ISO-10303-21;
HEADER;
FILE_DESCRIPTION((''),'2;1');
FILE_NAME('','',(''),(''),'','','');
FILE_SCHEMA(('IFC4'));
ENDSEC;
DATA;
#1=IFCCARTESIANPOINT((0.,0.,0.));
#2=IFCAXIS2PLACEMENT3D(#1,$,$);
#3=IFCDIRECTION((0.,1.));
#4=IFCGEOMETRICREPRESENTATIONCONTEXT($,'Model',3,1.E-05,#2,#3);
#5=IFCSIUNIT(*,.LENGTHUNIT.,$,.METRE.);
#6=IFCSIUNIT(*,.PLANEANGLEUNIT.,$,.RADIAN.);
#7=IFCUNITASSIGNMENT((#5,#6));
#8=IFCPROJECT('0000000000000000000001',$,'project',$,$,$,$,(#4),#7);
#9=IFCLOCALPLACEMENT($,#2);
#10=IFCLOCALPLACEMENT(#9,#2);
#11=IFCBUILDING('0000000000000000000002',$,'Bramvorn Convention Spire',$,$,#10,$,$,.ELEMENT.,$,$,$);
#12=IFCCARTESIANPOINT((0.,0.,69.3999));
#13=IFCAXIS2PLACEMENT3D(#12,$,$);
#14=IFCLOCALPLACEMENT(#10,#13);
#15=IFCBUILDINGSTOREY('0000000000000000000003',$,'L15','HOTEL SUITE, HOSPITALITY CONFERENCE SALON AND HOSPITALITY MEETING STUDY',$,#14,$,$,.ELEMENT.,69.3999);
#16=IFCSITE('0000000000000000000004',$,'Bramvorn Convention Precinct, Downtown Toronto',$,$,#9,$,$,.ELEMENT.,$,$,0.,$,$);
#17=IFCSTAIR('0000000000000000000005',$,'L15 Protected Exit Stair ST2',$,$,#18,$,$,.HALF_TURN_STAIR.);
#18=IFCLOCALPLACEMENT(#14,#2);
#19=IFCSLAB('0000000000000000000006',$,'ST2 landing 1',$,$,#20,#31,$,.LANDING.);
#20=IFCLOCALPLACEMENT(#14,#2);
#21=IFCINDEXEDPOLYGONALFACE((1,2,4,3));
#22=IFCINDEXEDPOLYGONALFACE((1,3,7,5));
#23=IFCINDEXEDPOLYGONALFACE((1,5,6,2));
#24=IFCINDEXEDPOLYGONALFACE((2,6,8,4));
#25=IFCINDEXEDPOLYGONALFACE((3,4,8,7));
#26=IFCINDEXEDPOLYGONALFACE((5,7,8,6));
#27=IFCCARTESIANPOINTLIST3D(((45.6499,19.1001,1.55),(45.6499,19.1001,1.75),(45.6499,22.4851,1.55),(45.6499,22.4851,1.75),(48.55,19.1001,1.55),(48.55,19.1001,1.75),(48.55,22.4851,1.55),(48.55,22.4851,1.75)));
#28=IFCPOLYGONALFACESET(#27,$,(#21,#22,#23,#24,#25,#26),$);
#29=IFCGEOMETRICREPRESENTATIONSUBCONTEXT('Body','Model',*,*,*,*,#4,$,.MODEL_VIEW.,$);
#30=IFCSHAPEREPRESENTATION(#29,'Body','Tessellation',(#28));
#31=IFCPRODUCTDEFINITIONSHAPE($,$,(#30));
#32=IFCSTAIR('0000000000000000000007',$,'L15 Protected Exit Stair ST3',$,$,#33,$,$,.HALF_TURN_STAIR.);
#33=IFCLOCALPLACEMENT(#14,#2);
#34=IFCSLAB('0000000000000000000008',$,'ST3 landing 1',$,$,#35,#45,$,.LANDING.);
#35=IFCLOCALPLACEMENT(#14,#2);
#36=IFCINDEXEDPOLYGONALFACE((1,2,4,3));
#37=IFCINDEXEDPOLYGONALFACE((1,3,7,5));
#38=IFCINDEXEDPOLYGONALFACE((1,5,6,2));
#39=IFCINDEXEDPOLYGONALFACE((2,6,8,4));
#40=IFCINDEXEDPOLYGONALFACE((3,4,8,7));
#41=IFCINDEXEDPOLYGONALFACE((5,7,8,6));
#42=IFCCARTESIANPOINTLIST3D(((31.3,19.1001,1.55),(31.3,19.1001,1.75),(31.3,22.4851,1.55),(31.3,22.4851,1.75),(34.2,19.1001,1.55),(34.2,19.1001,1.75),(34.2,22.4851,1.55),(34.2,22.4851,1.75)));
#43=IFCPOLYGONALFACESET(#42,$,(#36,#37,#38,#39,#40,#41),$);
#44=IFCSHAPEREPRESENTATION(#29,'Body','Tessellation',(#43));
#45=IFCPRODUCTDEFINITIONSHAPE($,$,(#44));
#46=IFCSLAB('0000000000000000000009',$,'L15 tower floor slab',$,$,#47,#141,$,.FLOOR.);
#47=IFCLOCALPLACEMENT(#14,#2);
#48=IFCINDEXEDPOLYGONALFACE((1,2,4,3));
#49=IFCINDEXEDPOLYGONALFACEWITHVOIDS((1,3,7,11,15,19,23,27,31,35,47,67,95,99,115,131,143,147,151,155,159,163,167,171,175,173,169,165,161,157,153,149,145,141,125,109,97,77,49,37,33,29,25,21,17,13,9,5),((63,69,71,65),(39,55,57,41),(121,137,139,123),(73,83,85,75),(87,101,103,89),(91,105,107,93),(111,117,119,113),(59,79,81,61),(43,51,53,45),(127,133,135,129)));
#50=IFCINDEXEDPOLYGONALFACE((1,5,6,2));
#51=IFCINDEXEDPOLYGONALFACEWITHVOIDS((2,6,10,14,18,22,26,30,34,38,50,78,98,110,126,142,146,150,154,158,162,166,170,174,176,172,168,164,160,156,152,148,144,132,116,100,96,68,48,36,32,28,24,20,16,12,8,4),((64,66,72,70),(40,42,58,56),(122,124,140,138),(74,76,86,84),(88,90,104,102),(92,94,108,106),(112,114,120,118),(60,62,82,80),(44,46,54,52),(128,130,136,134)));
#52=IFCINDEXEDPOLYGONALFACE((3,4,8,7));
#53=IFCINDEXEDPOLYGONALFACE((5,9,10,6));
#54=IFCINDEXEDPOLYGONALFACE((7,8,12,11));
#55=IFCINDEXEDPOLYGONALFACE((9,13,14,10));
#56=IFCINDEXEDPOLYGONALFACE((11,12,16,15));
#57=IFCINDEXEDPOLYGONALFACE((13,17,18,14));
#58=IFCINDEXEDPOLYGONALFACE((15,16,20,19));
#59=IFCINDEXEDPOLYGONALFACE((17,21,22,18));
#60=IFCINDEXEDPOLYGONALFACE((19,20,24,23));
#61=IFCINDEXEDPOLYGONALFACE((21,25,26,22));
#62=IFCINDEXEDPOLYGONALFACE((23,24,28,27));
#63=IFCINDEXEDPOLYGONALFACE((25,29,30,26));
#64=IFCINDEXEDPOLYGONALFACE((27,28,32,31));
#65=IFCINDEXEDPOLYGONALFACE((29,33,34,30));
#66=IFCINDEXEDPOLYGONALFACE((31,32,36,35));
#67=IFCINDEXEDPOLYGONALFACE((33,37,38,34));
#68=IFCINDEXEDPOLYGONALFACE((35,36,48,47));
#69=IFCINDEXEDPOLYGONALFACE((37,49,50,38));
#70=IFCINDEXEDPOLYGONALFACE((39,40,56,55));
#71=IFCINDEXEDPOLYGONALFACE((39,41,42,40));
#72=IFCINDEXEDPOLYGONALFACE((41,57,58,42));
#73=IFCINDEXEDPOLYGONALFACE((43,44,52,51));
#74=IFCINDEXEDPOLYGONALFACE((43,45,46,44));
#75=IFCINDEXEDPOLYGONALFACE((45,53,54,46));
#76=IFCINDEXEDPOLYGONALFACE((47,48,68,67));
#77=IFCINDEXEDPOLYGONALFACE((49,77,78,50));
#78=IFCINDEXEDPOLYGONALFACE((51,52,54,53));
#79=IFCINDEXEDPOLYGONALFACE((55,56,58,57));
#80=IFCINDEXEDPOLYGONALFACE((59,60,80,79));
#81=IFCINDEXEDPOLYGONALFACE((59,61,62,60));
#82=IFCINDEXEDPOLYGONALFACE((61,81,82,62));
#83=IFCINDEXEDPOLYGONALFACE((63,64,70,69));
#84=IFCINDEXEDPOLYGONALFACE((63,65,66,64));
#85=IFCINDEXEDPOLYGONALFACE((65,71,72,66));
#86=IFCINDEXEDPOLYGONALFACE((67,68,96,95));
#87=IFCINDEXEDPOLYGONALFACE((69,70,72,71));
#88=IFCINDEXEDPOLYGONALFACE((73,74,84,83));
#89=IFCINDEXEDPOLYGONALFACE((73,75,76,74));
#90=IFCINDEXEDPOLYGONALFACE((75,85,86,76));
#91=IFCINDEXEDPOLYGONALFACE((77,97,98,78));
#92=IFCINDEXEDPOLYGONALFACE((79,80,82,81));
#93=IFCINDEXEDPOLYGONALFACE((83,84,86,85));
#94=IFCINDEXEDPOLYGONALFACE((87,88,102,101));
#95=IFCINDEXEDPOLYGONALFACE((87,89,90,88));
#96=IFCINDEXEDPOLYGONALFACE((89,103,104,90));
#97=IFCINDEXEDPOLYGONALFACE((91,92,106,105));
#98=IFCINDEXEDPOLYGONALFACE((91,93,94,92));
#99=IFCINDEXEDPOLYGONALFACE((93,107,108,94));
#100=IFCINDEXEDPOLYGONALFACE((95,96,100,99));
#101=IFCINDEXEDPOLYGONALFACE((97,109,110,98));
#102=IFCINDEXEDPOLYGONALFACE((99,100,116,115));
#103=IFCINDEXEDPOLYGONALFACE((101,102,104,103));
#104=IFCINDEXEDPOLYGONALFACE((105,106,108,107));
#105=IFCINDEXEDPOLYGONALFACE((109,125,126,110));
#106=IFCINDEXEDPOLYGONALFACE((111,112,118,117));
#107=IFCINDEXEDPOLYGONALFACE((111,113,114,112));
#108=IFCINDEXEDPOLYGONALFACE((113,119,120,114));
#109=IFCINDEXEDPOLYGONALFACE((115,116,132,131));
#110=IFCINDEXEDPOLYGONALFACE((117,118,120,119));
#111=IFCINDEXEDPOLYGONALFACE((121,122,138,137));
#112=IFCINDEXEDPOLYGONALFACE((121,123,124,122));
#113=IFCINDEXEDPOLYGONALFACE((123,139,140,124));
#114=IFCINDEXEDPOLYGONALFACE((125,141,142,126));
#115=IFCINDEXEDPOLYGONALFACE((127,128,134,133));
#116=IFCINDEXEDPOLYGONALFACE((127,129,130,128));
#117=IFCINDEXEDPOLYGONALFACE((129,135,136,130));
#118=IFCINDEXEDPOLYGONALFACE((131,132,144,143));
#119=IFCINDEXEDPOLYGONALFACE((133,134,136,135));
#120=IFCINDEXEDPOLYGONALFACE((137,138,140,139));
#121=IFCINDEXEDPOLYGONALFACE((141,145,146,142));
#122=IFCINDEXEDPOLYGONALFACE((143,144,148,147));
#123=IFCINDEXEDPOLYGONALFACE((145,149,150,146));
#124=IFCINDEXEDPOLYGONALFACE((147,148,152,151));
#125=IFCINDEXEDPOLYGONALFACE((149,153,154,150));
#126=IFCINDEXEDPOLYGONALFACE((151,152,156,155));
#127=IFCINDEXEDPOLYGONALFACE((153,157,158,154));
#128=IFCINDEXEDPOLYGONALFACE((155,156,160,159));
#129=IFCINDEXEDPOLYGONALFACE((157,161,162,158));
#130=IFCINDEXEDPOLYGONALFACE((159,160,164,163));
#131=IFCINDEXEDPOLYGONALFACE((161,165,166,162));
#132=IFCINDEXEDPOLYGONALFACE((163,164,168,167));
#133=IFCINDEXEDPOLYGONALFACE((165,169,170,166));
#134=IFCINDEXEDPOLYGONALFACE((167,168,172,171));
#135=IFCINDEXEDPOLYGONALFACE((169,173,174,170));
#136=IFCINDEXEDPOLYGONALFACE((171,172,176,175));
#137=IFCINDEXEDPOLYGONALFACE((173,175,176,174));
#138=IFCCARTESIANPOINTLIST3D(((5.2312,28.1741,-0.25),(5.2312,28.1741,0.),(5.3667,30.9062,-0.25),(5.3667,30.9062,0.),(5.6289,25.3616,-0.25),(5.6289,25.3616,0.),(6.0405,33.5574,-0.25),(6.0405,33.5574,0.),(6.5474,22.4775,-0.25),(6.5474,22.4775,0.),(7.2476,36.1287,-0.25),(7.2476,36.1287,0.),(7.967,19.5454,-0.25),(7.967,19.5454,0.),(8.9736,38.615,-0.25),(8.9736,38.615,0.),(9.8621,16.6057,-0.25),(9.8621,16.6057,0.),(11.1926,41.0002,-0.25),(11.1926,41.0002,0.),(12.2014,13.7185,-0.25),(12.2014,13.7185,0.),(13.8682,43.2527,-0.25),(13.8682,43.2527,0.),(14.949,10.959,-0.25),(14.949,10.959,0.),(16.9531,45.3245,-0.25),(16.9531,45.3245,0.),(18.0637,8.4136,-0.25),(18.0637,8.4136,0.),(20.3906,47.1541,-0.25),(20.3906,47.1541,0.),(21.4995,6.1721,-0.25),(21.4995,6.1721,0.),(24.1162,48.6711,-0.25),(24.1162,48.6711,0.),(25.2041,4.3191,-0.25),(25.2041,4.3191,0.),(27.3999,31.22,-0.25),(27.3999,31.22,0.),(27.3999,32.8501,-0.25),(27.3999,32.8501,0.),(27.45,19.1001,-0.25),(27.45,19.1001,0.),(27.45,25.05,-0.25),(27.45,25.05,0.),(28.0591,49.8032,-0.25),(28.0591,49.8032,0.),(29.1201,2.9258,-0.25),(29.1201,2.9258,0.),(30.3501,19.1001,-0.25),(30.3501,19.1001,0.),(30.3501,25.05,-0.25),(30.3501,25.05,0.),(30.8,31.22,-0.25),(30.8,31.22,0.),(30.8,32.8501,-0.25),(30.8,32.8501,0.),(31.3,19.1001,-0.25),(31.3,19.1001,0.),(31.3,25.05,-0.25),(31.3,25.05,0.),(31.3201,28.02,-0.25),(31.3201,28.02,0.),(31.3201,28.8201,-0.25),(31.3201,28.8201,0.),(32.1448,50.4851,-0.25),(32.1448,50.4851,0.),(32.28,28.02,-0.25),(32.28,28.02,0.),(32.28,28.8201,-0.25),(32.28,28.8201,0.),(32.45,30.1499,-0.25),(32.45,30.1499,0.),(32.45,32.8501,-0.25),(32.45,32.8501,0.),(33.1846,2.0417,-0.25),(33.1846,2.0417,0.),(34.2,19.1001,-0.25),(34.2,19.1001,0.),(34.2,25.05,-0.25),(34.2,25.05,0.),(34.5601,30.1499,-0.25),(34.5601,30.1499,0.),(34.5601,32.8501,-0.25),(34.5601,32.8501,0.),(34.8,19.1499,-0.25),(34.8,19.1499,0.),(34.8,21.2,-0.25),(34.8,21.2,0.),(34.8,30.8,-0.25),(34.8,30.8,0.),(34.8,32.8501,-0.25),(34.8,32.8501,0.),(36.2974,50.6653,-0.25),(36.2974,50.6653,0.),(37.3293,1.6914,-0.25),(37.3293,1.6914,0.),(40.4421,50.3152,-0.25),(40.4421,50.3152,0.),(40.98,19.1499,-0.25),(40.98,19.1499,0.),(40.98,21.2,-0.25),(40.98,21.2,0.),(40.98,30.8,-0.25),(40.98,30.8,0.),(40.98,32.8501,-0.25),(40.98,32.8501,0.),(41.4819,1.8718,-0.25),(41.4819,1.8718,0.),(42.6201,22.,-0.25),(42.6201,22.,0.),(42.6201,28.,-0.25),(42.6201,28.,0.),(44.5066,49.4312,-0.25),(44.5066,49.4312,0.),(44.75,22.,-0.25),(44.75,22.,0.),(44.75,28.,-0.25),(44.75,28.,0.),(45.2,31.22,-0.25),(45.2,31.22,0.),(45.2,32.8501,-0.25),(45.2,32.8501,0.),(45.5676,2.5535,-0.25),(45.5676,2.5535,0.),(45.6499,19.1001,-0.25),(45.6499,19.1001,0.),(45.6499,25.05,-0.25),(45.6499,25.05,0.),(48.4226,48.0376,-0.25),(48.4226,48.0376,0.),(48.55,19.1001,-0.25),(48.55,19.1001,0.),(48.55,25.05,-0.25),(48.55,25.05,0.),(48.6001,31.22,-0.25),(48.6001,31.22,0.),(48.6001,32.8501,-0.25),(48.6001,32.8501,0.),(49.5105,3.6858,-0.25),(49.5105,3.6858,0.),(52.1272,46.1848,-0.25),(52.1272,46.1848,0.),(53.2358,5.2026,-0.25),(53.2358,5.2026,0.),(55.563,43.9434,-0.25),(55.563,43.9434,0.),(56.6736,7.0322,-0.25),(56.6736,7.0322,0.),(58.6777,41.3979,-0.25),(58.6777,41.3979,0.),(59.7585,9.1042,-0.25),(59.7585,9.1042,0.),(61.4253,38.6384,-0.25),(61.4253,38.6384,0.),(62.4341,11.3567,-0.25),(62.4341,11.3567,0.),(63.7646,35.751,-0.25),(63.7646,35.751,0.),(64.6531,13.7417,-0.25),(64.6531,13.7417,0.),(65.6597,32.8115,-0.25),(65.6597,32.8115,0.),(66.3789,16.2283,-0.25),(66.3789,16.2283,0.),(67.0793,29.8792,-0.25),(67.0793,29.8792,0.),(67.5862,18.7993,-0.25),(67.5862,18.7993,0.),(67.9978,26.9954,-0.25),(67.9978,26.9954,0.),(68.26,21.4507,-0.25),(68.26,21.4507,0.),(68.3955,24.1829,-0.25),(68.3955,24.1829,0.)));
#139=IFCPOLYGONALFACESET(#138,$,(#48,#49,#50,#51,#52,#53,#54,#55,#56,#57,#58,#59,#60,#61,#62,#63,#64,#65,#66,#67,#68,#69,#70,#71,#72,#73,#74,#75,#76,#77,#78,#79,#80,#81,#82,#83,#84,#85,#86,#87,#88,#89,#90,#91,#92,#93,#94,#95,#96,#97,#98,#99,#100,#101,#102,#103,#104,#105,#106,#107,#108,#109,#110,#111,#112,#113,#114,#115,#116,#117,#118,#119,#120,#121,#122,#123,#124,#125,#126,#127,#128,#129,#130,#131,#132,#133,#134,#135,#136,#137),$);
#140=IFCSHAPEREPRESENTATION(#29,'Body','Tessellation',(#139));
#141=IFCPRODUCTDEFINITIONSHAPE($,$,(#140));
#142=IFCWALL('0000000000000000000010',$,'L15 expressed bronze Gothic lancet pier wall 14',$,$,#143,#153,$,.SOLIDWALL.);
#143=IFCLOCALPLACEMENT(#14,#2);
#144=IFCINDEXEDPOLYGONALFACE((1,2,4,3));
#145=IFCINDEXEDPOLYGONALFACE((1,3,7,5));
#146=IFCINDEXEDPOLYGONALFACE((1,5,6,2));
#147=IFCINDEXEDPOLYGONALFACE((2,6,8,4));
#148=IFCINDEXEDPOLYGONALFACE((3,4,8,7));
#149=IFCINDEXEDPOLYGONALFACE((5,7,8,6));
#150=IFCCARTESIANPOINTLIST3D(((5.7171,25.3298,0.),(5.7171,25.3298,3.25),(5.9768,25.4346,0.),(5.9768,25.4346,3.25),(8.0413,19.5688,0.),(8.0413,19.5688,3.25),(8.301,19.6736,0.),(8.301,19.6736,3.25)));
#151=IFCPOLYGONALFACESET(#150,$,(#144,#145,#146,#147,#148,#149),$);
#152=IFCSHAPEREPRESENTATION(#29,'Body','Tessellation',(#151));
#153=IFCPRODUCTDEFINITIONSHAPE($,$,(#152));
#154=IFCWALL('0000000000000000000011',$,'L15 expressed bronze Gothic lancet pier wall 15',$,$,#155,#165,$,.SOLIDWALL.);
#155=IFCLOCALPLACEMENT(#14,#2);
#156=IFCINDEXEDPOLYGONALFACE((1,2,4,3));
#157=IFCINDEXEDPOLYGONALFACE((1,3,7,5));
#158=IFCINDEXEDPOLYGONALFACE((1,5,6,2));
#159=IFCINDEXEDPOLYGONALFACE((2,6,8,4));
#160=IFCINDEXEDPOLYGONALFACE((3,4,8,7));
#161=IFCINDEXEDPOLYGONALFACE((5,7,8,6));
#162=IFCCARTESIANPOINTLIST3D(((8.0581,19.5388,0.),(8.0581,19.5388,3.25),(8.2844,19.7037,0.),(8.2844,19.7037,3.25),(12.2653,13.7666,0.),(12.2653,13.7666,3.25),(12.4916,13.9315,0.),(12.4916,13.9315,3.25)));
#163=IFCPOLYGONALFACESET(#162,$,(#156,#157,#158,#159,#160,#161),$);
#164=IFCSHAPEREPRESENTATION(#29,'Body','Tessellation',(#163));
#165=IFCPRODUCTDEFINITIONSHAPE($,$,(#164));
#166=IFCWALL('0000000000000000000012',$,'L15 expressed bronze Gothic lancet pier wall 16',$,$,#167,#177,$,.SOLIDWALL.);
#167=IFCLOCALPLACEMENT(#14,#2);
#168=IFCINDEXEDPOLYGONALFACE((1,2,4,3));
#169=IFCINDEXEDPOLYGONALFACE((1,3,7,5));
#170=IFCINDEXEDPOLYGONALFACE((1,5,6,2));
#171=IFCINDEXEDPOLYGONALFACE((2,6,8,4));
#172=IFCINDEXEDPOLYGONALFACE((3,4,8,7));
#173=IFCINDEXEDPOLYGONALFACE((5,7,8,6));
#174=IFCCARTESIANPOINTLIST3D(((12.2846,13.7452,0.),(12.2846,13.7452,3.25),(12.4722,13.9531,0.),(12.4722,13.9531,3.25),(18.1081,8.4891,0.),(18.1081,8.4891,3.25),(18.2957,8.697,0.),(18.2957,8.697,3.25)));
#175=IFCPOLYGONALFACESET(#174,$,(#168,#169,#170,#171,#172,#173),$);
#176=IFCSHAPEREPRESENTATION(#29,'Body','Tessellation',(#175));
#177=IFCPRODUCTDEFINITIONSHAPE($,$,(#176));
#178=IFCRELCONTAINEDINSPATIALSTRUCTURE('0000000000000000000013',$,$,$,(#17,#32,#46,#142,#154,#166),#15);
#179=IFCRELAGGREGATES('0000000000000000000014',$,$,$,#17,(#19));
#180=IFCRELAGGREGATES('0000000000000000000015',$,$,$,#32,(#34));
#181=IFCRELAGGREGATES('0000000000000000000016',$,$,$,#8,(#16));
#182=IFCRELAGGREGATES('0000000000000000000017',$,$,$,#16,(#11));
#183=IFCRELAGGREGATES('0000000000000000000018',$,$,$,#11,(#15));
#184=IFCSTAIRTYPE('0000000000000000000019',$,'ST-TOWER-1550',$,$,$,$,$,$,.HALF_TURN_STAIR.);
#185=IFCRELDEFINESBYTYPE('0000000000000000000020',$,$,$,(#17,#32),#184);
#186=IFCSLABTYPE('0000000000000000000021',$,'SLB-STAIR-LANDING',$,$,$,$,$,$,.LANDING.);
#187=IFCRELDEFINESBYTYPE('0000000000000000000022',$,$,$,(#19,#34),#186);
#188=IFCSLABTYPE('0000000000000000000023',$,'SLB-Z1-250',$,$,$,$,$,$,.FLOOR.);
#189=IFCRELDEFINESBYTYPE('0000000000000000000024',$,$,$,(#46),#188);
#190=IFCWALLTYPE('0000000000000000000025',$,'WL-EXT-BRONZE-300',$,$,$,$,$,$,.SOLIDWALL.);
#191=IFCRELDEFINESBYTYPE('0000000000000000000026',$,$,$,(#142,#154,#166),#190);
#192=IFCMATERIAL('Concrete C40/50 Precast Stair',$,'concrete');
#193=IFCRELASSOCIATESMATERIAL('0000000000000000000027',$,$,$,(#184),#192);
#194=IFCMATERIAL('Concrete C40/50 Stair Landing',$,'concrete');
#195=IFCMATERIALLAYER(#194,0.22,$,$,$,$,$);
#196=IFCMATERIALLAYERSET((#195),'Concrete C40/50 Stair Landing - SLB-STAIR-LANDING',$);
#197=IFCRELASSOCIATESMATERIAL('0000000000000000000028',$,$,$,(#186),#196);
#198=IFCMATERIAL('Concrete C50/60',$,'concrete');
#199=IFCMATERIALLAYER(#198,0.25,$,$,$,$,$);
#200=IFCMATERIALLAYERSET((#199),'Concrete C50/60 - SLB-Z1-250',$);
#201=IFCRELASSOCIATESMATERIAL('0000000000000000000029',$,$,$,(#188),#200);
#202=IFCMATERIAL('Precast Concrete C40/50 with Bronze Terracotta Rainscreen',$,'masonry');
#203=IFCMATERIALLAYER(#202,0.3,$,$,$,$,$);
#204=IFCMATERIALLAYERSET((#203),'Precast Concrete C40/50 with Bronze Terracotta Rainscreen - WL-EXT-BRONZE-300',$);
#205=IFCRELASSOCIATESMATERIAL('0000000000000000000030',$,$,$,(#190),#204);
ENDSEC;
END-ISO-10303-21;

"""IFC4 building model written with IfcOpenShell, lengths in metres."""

from ifc_helpers import new_model, si_unit, direction, frame, frame_2d, origin, place, context, subcontext, project, spatial, polyline, rectangle, outline, extrude, material, layer, layer_set, type_object, element, aggregate, save


model = new_model("IFC4")

# Units and contexts
model_context = context("Model", 3, precision=1e-05, world=origin(), true_north=direction((0.0, 1.0)))
body_context = subcontext(model_context, "Body", "Model", "MODEL_VIEW")
ifc_project = project(units=[si_unit("LENGTHUNIT", "METRE"), si_unit("PLANEANGLEUNIT", "RADIAN")], contexts=[model_context])

# Site, building, storey
site_placement = place(None, origin())
site = spatial("IfcSite", under=ifc_project, at=site_placement, Name="Bramvorn Convention Precinct, Downtown Toronto", CompositionType="ELEMENT", RefElevation=0.0)
building_placement = place(site_placement, origin())
building = spatial("IfcBuilding", under=site, at=building_placement, Name="Bramvorn Convention Spire", CompositionType="ELEMENT")
storey_placement = place(building_placement, frame((0.0, 0.0, 69.3999)))
storey = spatial("IfcBuildingStorey", under=building, at=storey_placement, Name="L15", Description="HOTEL SUITE, HOSPITALITY CONFERENCE SALON AND HOSPITALITY MEETING STUDY", CompositionType="ELEMENT", Elevation=69.3999)

# Stairs, slabs
ifc_material_1 = material(Name="Concrete C40/50 Precast Stair", Category="concrete")
stair_type = type_object("IfcStairType", Name="ST-TOWER-1550", PredefinedType="HALF_TURN_STAIR", material=ifc_material_1)
ifc_material_2 = material(Name="Concrete C40/50 Stair Landing", Category="concrete")
ifc_layer_1 = layer(ifc_material_2, 0.22)
ifc_layer_set_1 = layer_set([ifc_layer_1], Name="Concrete C40/50 Stair Landing - SLB-STAIR-LANDING")
slab_type_1 = type_object("IfcSlabType", Name="SLB-STAIR-LANDING", PredefinedType="LANDING", material=ifc_layer_set_1)
stair_1_placement = place(storey_placement, origin())
stair_1 = element("IfcStair", 1, at=stair_1_placement, inside=storey, type_object=stair_type, Name="L15 Protected Exit Stair ST2", PredefinedType="HALF_TURN_STAIR")
slab_1_placement = place(storey_placement, frame((0.0, 0.0, 1.55)))
slab_1 = element("IfcSlab", 2, at=slab_1_placement, type_object=slab_type_1, Name="ST2 landing 1", PredefinedType="LANDING", context=body_context, shape_type="SweptSolid", body=[
    extrude(outline(polyline([(45.6499, 22.4851), (45.6499, 19.1001), (48.55, 19.1001), (48.55, 22.4851), (45.6499, 22.4851)])), origin(), (0.0, 0.0, 1.0), 0.2),
])
aggregate(stair_1, [slab_1])
stair_2_placement = place(storey_placement, origin())
stair_2 = element("IfcStair", 3, at=stair_2_placement, inside=storey, type_object=stair_type, Name="L15 Protected Exit Stair ST3", PredefinedType="HALF_TURN_STAIR")
slab_2_placement = place(storey_placement, frame((0.0, 0.0, 1.55)))
slab_2 = element("IfcSlab", 4, at=slab_2_placement, type_object=slab_type_1, Name="ST3 landing 1", PredefinedType="LANDING", context=body_context, shape_type="SweptSolid", body=[
    extrude(outline(polyline([(31.3, 22.4851), (31.3, 19.1001), (34.2, 19.1001), (34.2, 22.4851), (31.3, 22.4851)])), origin(), (0.0, 0.0, 1.0), 0.2),
])
aggregate(stair_2, [slab_2])

# Slab
ifc_material_3 = material(Name="Concrete C50/60", Category="concrete")
ifc_layer_2 = layer(ifc_material_3, 0.25)
ifc_layer_set_2 = layer_set([ifc_layer_2], Name="Concrete C50/60 - SLB-Z1-250")
slab_type_2 = type_object("IfcSlabType", Name="SLB-Z1-250", PredefinedType="FLOOR", material=ifc_layer_set_2)
slab_3_placement = place(storey_placement, frame((0.0, 0.0, -0.25)))
element("IfcSlab", 5, at=slab_3_placement, inside=storey, type_object=slab_type_2, Name="L15 tower floor slab", PredefinedType="FLOOR", context=body_context, shape_type="SweptSolid", body=[
    extrude(outline(polyline([(68.26, 21.4507), (68.3955, 24.1829), (67.9978, 26.9954), (67.0793, 29.8792), (65.6597, 32.8115), (63.7646, 35.751), (61.4253, 38.6384), (58.6777, 41.3979), (55.563, 43.9434), (52.1272, 46.1848), (48.4226, 48.0376), (44.5066, 49.4312), (40.4421, 50.3152), (36.2974, 50.6653), (32.1448, 50.4851), (28.0591, 49.8032), (24.1162, 48.6711), (20.3906, 47.1541), (16.9531, 45.3245), (13.8682, 43.2527), (11.1926, 41.0002), (8.9736, 38.615), (7.2476, 36.1287), (6.0405, 33.5574), (5.3667, 30.9062), (5.2312, 28.1741), (5.6289, 25.3616), (6.5474, 22.4775), (7.967, 19.5454), (9.8621, 16.6057), (12.2014, 13.7185), (14.949, 10.959), (18.0637, 8.4136), (21.4995, 6.1721), (25.2041, 4.3191), (29.1201, 2.9258), (33.1846, 2.0417), (37.3293, 1.6914), (41.4819, 1.8718), (45.5676, 2.5535), (49.5105, 3.6858), (53.2358, 5.2026), (56.6736, 7.0322), (59.7585, 9.1042), (62.4341, 11.3567), (64.6531, 13.7417), (66.3789, 16.2283), (67.5862, 18.7993), (68.26, 21.4507)]), holes=[polyline([(27.45, 25.05), (27.45, 19.1001), (30.3501, 19.1001), (30.3501, 25.05), (27.45, 25.05)]), polyline([(45.6499, 25.05), (45.6499, 19.1001), (48.55, 19.1001), (48.55, 25.05), (45.6499, 25.05)]), polyline([(31.3, 25.05), (31.3, 19.1001), (34.2, 19.1001), (34.2, 25.05), (31.3, 25.05)]), polyline([(27.3999, 31.22), (30.8, 31.22), (30.8, 32.8501), (27.3999, 32.8501), (27.3999, 31.22)]), polyline([(45.2, 31.22), (48.6001, 31.22), (48.6001, 32.8501), (45.2, 32.8501), (45.2, 31.22)]), polyline([(32.45, 30.1499), (34.5601, 30.1499), (34.5601, 32.8501), (32.45, 32.8501), (32.45, 30.1499)]), polyline([(34.8, 30.8), (40.98, 30.8), (40.98, 32.8501), (34.8, 32.8501), (34.8, 30.8)]), polyline([(34.8, 19.1499), (40.98, 19.1499), (40.98, 21.2), (34.8, 21.2), (34.8, 19.1499)]), polyline([(42.6201, 22.0), (44.75, 22.0), (44.75, 28.0), (42.6201, 28.0), (42.6201, 22.0)]), polyline([(31.3201, 28.02), (32.28, 28.02), (32.28, 28.8201), (31.3201, 28.8201), (31.3201, 28.02)])]), origin(), (0.0, 0.0, 1.0), 0.25),
])

# Walls
ifc_material_4 = material(Name="Precast Concrete C40/50 with Bronze Terracotta Rainscreen", Category="masonry")
ifc_layer_3 = layer(ifc_material_4, 0.3)
ifc_layer_set_3 = layer_set([ifc_layer_3], Name="Precast Concrete C40/50 with Bronze Terracotta Rainscreen - WL-EXT-BRONZE-300")
wall_type_1 = type_object("IfcWallType", Name="WL-EXT-BRONZE-300", PredefinedType="SOLIDWALL", material=ifc_layer_set_3)
wall_1_placement = place(storey_placement, frame((8.1711, 19.6213, 0.0), z_axis=(0.0, 0.0, 1.0), x_axis=(-0.37414, 0.927372, 0.0)))
element("IfcWall", 6, at=wall_1_placement, inside=storey, type_object=wall_type_1, Name="L15 expressed bronze Gothic lancet pier wall 14", PredefinedType="SOLIDWALL", context=body_context, shape_type="SweptSolid", body=[
    extrude(rectangle(XDim=6.2122, YDim=0.28, at=frame_2d((3.106, 0.0))), origin(), (0.0, 0.0, 1.0), 3.25),
])
wall_2_placement = place(storey_placement, frame((12.3784, 13.8491, 0.0), z_axis=(0.0, 0.0, 1.0), x_axis=(-0.589023, 0.808116, 0.0)))
element("IfcWall", 7, at=wall_2_placement, inside=storey, type_object=wall_type_1, Name="L15 expressed bronze Gothic lancet pier wall 15", PredefinedType="SOLIDWALL", context=body_context, shape_type="SweptSolid", body=[
    extrude(rectangle(XDim=7.1428, YDim=0.28, at=frame_2d((3.5713, 0.0))), origin(), (0.0, 0.0, 1.0), 3.25),
])
wall_3_placement = place(storey_placement, frame((18.2019, 8.593, 0.0), z_axis=(0.0, 0.0, 1.0), x_axis=(-0.742345, 0.670018, 0.0)))
element("IfcWall", 8, at=wall_3_placement, inside=storey, type_object=wall_type_1, Name="L15 expressed bronze Gothic lancet pier wall 16", PredefinedType="SOLIDWALL", context=body_context, shape_type="SweptSolid", body=[
    extrude(rectangle(XDim=7.8447, YDim=0.28, at=frame_2d((3.9224, 0.0))), origin(), (0.0, 0.0, 1.0), 3.25),
])

save(model, "model.ifc")
